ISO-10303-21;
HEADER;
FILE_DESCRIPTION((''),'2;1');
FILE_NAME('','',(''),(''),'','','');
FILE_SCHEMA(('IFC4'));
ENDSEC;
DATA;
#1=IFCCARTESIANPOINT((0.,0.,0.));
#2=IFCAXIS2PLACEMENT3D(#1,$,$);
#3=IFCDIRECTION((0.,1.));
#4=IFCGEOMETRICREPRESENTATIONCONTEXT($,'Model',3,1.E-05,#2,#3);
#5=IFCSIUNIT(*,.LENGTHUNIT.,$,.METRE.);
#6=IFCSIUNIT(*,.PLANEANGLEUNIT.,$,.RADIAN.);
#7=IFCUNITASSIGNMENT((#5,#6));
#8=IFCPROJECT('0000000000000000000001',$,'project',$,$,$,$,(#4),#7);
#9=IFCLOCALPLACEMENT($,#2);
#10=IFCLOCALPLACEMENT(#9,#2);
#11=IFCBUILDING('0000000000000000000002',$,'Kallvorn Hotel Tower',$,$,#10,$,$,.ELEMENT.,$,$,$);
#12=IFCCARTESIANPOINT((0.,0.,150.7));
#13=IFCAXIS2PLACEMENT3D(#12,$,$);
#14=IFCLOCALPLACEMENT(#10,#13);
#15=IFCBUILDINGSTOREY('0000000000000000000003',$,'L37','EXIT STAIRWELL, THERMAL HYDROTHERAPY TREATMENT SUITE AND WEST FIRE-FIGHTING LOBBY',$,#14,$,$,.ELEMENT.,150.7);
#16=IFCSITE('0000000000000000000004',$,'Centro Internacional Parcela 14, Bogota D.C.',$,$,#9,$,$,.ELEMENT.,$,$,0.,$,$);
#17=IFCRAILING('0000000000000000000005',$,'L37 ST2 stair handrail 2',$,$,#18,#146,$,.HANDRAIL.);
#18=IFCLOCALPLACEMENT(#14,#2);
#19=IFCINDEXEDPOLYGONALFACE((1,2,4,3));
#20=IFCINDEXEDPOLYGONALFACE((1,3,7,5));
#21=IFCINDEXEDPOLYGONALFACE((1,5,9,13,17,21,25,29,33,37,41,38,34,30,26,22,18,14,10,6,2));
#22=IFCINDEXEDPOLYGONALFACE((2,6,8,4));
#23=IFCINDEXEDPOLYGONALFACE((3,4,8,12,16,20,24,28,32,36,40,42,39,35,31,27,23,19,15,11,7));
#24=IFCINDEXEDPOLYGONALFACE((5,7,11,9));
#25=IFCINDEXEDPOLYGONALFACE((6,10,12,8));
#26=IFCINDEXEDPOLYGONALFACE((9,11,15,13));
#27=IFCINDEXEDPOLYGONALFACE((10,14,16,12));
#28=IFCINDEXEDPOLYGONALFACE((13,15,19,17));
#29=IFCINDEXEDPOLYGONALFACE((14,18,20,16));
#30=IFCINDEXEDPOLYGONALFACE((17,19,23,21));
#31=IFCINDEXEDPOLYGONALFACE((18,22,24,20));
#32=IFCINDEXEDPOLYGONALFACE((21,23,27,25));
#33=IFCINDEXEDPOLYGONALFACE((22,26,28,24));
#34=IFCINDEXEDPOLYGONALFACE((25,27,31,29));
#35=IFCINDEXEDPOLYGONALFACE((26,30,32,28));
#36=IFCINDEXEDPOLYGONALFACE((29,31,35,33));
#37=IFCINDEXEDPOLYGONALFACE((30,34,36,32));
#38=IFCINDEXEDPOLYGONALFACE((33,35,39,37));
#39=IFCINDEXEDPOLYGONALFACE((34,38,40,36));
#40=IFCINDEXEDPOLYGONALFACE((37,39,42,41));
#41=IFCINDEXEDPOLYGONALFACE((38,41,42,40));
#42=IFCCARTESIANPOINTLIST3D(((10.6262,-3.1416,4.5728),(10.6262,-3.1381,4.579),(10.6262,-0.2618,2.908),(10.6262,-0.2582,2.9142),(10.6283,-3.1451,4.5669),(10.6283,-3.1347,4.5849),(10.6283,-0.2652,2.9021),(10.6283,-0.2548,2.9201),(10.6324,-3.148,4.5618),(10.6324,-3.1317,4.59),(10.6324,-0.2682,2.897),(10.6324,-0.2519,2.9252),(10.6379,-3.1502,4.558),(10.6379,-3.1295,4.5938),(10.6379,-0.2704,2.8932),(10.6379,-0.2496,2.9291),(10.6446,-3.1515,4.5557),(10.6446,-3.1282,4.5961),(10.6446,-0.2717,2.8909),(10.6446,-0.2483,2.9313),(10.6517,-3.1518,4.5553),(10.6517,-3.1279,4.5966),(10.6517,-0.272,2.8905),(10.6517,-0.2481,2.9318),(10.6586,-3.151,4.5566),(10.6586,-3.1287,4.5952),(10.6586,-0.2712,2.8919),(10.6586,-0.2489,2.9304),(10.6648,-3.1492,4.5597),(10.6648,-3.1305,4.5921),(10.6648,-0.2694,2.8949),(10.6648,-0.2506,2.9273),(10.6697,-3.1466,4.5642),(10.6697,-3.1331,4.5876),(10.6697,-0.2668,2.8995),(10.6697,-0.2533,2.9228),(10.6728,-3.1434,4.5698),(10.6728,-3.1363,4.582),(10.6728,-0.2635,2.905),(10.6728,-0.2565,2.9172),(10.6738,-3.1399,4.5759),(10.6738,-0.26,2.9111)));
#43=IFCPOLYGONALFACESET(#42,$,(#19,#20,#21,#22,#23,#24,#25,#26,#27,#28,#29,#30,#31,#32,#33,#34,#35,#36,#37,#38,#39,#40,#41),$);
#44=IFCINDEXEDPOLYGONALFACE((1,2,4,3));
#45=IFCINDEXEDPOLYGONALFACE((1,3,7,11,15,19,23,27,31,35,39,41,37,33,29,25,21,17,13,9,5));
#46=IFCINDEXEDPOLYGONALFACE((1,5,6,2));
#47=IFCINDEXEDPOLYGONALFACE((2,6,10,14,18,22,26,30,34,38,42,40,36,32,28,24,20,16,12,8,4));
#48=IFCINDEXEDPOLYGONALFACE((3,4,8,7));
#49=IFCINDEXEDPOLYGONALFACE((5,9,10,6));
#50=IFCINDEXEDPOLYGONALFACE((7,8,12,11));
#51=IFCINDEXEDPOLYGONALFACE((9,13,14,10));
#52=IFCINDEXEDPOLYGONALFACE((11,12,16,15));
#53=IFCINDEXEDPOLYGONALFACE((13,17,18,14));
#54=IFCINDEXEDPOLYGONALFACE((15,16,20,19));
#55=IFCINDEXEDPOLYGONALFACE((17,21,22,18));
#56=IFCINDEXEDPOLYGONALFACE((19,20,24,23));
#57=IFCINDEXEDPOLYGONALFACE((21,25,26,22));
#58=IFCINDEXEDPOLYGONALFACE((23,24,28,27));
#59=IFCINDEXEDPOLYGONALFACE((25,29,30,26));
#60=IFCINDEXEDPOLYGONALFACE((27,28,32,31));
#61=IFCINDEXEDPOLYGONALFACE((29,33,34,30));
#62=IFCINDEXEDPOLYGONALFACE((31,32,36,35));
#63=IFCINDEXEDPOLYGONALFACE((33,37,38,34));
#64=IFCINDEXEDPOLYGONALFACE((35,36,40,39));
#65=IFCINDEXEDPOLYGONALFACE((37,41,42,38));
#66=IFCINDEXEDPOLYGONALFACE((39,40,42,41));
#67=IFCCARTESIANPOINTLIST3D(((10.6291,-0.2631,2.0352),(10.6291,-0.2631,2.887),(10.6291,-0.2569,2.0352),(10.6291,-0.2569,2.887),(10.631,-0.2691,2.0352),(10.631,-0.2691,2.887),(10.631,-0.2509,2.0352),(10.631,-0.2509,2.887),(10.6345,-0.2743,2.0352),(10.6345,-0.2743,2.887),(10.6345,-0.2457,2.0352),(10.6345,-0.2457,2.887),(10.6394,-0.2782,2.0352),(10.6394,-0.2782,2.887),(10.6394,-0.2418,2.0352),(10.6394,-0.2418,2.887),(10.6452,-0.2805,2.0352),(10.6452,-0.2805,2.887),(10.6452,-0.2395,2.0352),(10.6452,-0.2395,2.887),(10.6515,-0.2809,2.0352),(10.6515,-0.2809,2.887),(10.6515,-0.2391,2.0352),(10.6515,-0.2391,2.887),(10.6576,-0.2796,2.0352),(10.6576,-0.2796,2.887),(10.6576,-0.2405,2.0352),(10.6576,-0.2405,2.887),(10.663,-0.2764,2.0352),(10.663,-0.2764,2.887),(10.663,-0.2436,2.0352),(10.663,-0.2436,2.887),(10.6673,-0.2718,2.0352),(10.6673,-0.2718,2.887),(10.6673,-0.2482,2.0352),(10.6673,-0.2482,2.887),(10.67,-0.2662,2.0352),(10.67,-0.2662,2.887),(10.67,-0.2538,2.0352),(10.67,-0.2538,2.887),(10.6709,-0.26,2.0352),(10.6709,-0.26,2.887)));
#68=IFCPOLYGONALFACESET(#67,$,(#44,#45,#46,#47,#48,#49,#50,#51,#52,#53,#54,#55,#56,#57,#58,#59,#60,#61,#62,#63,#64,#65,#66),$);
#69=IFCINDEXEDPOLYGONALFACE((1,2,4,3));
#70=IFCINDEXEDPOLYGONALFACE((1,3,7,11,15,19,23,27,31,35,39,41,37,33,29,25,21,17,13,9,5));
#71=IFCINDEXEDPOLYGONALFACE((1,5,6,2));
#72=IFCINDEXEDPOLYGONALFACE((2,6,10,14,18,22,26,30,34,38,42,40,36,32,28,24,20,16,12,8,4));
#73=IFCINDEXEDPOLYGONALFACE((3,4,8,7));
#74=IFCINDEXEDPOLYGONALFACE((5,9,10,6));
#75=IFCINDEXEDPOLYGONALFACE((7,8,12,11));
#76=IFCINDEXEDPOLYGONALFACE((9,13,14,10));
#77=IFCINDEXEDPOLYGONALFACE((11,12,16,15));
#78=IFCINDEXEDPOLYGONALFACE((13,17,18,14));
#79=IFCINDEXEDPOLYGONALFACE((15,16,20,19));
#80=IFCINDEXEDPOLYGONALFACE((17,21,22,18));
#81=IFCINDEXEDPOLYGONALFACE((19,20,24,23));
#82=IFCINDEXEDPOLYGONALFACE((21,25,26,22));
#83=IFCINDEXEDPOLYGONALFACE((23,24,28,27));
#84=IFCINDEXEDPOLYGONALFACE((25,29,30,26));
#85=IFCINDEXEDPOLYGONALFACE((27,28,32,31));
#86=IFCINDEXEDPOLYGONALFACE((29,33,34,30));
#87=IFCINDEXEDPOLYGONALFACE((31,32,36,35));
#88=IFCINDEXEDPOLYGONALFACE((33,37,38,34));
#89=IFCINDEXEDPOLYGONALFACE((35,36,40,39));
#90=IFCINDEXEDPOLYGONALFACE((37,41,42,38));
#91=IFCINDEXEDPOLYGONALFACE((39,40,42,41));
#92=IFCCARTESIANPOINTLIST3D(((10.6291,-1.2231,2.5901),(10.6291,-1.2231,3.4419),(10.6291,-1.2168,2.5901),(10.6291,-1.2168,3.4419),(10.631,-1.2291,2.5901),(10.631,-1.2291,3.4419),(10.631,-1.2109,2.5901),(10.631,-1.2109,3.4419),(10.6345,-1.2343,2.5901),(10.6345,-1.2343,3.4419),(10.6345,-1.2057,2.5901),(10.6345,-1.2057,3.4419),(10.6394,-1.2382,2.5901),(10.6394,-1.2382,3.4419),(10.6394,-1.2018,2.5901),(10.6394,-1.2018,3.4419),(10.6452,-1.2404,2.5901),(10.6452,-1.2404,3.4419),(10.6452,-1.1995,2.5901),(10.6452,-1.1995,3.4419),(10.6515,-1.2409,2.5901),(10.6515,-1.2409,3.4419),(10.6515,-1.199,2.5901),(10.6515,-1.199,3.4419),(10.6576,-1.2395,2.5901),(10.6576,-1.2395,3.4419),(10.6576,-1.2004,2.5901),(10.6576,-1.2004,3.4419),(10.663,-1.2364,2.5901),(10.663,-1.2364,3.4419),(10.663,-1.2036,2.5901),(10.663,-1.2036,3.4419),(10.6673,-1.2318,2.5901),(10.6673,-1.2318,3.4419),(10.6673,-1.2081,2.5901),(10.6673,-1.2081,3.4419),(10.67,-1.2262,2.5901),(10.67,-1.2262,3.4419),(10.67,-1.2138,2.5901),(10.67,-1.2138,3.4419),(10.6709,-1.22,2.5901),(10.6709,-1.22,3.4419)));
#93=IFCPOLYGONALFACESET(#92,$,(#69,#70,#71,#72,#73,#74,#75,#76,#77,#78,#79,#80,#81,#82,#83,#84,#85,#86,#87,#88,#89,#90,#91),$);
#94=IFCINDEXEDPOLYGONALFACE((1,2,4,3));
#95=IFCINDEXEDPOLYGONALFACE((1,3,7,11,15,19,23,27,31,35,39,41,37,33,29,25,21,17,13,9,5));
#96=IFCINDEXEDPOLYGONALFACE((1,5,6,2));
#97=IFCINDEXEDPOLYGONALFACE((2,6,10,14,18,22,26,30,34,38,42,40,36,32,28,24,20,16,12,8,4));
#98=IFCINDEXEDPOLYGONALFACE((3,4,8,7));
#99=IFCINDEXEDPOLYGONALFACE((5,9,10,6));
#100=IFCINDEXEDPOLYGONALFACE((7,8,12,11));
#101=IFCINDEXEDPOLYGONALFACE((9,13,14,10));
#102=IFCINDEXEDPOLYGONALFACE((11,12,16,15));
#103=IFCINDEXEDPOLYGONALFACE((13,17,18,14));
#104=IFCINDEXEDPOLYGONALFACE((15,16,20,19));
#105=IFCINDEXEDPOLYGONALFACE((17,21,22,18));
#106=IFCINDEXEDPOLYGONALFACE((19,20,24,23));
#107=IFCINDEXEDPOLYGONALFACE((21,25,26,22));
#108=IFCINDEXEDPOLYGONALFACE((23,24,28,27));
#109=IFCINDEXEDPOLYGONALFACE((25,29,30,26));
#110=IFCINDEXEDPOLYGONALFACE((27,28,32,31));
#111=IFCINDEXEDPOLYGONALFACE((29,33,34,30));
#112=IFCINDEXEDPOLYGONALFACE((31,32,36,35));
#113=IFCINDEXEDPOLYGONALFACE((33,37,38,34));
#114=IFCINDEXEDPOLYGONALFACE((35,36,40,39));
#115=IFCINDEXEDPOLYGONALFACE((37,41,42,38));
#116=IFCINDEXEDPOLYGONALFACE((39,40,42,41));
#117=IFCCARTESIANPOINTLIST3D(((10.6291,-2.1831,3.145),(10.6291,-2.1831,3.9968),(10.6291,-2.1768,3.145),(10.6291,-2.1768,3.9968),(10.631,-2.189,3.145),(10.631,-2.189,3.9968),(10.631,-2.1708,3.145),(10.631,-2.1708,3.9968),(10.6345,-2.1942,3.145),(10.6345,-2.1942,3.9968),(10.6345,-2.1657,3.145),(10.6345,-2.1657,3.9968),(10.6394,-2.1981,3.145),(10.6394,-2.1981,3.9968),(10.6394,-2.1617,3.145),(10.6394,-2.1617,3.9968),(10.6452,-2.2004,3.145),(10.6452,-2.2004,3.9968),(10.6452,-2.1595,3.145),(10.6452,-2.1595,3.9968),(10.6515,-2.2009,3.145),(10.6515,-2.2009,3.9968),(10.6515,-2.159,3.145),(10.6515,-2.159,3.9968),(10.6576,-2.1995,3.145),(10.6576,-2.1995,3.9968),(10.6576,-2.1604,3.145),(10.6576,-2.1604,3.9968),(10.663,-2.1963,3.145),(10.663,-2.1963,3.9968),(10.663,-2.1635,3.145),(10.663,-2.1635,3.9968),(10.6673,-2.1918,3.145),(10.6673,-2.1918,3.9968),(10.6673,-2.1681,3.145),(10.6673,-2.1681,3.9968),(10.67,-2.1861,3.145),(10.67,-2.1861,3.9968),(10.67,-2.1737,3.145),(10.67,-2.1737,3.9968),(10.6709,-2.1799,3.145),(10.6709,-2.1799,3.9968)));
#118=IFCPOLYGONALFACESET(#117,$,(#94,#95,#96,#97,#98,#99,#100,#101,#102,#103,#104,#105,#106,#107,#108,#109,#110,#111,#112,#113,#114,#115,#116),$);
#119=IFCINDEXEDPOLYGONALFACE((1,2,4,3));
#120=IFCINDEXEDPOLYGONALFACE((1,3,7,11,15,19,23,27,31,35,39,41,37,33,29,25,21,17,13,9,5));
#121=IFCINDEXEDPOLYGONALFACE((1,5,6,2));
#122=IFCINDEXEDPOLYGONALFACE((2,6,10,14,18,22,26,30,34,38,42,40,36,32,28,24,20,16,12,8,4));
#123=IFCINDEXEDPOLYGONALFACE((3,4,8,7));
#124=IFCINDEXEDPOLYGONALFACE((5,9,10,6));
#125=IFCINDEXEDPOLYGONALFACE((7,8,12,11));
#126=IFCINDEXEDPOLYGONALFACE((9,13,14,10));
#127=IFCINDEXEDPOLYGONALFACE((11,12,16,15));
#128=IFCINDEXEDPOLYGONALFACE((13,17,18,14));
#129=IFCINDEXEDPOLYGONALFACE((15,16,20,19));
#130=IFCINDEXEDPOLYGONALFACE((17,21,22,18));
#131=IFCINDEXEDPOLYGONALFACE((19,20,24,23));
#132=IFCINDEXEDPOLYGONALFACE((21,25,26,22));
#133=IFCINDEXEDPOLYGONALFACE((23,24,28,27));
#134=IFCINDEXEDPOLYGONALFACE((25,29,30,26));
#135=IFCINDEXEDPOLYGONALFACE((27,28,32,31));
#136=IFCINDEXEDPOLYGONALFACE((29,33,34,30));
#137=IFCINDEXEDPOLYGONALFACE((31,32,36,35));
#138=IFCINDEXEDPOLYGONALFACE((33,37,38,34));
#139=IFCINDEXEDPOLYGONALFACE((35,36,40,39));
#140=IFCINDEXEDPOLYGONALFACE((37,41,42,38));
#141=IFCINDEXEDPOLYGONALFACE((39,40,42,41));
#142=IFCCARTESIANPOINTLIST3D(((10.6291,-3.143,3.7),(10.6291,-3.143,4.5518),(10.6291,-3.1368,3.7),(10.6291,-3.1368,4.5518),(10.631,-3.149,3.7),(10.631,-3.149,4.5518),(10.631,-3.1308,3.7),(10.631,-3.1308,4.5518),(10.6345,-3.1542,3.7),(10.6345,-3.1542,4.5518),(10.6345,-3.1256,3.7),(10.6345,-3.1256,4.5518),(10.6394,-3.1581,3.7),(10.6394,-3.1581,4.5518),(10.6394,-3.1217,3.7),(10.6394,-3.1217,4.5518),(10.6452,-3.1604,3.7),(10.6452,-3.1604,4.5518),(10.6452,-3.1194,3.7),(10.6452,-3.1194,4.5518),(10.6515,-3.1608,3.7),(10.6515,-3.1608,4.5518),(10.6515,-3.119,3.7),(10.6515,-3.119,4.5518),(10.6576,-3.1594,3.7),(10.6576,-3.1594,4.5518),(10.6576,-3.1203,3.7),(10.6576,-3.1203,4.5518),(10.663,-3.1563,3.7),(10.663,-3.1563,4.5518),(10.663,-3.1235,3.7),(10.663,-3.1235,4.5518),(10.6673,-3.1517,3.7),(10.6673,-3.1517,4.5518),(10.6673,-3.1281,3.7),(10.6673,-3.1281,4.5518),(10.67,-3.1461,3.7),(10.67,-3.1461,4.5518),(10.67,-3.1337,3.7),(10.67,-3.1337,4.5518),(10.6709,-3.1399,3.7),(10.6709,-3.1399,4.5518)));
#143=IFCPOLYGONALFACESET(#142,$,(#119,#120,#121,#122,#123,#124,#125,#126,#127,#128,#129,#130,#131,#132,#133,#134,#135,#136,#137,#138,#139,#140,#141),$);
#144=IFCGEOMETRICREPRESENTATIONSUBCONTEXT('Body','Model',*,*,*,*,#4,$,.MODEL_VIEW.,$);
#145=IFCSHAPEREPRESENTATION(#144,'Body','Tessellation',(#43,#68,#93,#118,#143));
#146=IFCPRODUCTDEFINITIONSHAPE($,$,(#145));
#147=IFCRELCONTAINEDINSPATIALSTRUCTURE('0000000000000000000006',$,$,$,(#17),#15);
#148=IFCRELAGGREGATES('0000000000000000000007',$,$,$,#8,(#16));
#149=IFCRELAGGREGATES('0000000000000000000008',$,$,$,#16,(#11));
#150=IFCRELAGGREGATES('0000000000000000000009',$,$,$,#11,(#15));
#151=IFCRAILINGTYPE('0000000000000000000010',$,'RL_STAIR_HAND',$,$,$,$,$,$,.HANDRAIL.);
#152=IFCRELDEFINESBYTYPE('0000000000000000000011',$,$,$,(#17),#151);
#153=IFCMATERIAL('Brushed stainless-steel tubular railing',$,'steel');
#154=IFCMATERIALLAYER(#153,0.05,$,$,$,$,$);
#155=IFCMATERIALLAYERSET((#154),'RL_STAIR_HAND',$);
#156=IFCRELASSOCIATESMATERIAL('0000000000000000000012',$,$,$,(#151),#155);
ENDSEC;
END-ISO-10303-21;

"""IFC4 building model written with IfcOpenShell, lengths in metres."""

from ifc_helpers import new_model, si_unit, direction, frame, origin, origin_2d, place, context, subcontext, project, spatial, circle, extrude, material, layer, layer_set, type_object, element, save


model = new_model("IFC4")

# Units and contexts
model_context = context("Model", 3, precision=1e-05, world=origin(), true_north=direction((0.0, 1.0)))
body_context = subcontext(model_context, "Body", "Model", "MODEL_VIEW")
ifc_project = project(units=[si_unit("LENGTHUNIT", "METRE"), si_unit("PLANEANGLEUNIT", "RADIAN")], contexts=[model_context])

# Site, building, storey
site_placement = place(None, origin())
site = spatial("IfcSite", under=ifc_project, at=site_placement, Name="Centro Internacional Parcela 14, Bogota D.C.", CompositionType="ELEMENT", RefElevation=0.0)
building_placement = place(site_placement, origin())
building = spatial("IfcBuilding", under=site, at=building_placement, Name="Kallvorn Hotel Tower", CompositionType="ELEMENT")
storey_placement = place(building_placement, frame((0.0, 0.0, 150.7)))
storey = spatial("IfcBuildingStorey", under=building, at=storey_placement, Name="L37", Description="EXIT STAIRWELL, THERMAL HYDROTHERAPY TREATMENT SUITE AND WEST FIRE-FIGHTING LOBBY", CompositionType="ELEMENT", Elevation=150.7)

# Railing
ifc_material_1 = material(Name="Brushed stainless-steel tubular railing", Category="steel")
ifc_layer_1 = layer(ifc_material_1, 0.05)
ifc_layer_set_1 = layer_set([ifc_layer_1], Name="RL_STAIR_HAND")
railing_type_1 = type_object("IfcRailingType", Name="RL_STAIR_HAND", PredefinedType="HANDRAIL", material=ifc_layer_set_1)
railing_1_placement = place(storey_placement, frame((10.6499, -0.26, 2.0352)))
element("IfcRailing", 1, at=railing_1_placement, inside=storey, type_object=railing_type_1, Name="L37 ST2 stair handrail 2", PredefinedType="HANDRAIL", context=body_context, shape_type="SweptSolid", body=[
    extrude(circle(Radius=0.0239, at=origin_2d()), frame((0.0, 0.0, 0.876), z_axis=(0.0, -0.865753, 0.500472), x_axis=(1.0, 0.0, 0.0)), (0.0, 0.0, 1.0), 3.3264),
    extrude(circle(Radius=0.021, at=origin_2d()), origin(), (0.0, 0.0, 1.0), 0.8518),
    extrude(circle(Radius=0.021, at=origin_2d()), frame((0.0, -0.96, 0.5549)), (0.0, 0.0, 1.0), 0.8518),
    extrude(circle(Radius=0.021, at=origin_2d()), frame((0.0, -1.9199, 1.1099)), (0.0, 0.0, 1.0), 0.8518),
    extrude(circle(Radius=0.021, at=origin_2d()), frame((0.0, -2.8799, 1.6648)), (0.0, 0.0, 1.0), 0.8518),
])

save(model, "model.ifc")
